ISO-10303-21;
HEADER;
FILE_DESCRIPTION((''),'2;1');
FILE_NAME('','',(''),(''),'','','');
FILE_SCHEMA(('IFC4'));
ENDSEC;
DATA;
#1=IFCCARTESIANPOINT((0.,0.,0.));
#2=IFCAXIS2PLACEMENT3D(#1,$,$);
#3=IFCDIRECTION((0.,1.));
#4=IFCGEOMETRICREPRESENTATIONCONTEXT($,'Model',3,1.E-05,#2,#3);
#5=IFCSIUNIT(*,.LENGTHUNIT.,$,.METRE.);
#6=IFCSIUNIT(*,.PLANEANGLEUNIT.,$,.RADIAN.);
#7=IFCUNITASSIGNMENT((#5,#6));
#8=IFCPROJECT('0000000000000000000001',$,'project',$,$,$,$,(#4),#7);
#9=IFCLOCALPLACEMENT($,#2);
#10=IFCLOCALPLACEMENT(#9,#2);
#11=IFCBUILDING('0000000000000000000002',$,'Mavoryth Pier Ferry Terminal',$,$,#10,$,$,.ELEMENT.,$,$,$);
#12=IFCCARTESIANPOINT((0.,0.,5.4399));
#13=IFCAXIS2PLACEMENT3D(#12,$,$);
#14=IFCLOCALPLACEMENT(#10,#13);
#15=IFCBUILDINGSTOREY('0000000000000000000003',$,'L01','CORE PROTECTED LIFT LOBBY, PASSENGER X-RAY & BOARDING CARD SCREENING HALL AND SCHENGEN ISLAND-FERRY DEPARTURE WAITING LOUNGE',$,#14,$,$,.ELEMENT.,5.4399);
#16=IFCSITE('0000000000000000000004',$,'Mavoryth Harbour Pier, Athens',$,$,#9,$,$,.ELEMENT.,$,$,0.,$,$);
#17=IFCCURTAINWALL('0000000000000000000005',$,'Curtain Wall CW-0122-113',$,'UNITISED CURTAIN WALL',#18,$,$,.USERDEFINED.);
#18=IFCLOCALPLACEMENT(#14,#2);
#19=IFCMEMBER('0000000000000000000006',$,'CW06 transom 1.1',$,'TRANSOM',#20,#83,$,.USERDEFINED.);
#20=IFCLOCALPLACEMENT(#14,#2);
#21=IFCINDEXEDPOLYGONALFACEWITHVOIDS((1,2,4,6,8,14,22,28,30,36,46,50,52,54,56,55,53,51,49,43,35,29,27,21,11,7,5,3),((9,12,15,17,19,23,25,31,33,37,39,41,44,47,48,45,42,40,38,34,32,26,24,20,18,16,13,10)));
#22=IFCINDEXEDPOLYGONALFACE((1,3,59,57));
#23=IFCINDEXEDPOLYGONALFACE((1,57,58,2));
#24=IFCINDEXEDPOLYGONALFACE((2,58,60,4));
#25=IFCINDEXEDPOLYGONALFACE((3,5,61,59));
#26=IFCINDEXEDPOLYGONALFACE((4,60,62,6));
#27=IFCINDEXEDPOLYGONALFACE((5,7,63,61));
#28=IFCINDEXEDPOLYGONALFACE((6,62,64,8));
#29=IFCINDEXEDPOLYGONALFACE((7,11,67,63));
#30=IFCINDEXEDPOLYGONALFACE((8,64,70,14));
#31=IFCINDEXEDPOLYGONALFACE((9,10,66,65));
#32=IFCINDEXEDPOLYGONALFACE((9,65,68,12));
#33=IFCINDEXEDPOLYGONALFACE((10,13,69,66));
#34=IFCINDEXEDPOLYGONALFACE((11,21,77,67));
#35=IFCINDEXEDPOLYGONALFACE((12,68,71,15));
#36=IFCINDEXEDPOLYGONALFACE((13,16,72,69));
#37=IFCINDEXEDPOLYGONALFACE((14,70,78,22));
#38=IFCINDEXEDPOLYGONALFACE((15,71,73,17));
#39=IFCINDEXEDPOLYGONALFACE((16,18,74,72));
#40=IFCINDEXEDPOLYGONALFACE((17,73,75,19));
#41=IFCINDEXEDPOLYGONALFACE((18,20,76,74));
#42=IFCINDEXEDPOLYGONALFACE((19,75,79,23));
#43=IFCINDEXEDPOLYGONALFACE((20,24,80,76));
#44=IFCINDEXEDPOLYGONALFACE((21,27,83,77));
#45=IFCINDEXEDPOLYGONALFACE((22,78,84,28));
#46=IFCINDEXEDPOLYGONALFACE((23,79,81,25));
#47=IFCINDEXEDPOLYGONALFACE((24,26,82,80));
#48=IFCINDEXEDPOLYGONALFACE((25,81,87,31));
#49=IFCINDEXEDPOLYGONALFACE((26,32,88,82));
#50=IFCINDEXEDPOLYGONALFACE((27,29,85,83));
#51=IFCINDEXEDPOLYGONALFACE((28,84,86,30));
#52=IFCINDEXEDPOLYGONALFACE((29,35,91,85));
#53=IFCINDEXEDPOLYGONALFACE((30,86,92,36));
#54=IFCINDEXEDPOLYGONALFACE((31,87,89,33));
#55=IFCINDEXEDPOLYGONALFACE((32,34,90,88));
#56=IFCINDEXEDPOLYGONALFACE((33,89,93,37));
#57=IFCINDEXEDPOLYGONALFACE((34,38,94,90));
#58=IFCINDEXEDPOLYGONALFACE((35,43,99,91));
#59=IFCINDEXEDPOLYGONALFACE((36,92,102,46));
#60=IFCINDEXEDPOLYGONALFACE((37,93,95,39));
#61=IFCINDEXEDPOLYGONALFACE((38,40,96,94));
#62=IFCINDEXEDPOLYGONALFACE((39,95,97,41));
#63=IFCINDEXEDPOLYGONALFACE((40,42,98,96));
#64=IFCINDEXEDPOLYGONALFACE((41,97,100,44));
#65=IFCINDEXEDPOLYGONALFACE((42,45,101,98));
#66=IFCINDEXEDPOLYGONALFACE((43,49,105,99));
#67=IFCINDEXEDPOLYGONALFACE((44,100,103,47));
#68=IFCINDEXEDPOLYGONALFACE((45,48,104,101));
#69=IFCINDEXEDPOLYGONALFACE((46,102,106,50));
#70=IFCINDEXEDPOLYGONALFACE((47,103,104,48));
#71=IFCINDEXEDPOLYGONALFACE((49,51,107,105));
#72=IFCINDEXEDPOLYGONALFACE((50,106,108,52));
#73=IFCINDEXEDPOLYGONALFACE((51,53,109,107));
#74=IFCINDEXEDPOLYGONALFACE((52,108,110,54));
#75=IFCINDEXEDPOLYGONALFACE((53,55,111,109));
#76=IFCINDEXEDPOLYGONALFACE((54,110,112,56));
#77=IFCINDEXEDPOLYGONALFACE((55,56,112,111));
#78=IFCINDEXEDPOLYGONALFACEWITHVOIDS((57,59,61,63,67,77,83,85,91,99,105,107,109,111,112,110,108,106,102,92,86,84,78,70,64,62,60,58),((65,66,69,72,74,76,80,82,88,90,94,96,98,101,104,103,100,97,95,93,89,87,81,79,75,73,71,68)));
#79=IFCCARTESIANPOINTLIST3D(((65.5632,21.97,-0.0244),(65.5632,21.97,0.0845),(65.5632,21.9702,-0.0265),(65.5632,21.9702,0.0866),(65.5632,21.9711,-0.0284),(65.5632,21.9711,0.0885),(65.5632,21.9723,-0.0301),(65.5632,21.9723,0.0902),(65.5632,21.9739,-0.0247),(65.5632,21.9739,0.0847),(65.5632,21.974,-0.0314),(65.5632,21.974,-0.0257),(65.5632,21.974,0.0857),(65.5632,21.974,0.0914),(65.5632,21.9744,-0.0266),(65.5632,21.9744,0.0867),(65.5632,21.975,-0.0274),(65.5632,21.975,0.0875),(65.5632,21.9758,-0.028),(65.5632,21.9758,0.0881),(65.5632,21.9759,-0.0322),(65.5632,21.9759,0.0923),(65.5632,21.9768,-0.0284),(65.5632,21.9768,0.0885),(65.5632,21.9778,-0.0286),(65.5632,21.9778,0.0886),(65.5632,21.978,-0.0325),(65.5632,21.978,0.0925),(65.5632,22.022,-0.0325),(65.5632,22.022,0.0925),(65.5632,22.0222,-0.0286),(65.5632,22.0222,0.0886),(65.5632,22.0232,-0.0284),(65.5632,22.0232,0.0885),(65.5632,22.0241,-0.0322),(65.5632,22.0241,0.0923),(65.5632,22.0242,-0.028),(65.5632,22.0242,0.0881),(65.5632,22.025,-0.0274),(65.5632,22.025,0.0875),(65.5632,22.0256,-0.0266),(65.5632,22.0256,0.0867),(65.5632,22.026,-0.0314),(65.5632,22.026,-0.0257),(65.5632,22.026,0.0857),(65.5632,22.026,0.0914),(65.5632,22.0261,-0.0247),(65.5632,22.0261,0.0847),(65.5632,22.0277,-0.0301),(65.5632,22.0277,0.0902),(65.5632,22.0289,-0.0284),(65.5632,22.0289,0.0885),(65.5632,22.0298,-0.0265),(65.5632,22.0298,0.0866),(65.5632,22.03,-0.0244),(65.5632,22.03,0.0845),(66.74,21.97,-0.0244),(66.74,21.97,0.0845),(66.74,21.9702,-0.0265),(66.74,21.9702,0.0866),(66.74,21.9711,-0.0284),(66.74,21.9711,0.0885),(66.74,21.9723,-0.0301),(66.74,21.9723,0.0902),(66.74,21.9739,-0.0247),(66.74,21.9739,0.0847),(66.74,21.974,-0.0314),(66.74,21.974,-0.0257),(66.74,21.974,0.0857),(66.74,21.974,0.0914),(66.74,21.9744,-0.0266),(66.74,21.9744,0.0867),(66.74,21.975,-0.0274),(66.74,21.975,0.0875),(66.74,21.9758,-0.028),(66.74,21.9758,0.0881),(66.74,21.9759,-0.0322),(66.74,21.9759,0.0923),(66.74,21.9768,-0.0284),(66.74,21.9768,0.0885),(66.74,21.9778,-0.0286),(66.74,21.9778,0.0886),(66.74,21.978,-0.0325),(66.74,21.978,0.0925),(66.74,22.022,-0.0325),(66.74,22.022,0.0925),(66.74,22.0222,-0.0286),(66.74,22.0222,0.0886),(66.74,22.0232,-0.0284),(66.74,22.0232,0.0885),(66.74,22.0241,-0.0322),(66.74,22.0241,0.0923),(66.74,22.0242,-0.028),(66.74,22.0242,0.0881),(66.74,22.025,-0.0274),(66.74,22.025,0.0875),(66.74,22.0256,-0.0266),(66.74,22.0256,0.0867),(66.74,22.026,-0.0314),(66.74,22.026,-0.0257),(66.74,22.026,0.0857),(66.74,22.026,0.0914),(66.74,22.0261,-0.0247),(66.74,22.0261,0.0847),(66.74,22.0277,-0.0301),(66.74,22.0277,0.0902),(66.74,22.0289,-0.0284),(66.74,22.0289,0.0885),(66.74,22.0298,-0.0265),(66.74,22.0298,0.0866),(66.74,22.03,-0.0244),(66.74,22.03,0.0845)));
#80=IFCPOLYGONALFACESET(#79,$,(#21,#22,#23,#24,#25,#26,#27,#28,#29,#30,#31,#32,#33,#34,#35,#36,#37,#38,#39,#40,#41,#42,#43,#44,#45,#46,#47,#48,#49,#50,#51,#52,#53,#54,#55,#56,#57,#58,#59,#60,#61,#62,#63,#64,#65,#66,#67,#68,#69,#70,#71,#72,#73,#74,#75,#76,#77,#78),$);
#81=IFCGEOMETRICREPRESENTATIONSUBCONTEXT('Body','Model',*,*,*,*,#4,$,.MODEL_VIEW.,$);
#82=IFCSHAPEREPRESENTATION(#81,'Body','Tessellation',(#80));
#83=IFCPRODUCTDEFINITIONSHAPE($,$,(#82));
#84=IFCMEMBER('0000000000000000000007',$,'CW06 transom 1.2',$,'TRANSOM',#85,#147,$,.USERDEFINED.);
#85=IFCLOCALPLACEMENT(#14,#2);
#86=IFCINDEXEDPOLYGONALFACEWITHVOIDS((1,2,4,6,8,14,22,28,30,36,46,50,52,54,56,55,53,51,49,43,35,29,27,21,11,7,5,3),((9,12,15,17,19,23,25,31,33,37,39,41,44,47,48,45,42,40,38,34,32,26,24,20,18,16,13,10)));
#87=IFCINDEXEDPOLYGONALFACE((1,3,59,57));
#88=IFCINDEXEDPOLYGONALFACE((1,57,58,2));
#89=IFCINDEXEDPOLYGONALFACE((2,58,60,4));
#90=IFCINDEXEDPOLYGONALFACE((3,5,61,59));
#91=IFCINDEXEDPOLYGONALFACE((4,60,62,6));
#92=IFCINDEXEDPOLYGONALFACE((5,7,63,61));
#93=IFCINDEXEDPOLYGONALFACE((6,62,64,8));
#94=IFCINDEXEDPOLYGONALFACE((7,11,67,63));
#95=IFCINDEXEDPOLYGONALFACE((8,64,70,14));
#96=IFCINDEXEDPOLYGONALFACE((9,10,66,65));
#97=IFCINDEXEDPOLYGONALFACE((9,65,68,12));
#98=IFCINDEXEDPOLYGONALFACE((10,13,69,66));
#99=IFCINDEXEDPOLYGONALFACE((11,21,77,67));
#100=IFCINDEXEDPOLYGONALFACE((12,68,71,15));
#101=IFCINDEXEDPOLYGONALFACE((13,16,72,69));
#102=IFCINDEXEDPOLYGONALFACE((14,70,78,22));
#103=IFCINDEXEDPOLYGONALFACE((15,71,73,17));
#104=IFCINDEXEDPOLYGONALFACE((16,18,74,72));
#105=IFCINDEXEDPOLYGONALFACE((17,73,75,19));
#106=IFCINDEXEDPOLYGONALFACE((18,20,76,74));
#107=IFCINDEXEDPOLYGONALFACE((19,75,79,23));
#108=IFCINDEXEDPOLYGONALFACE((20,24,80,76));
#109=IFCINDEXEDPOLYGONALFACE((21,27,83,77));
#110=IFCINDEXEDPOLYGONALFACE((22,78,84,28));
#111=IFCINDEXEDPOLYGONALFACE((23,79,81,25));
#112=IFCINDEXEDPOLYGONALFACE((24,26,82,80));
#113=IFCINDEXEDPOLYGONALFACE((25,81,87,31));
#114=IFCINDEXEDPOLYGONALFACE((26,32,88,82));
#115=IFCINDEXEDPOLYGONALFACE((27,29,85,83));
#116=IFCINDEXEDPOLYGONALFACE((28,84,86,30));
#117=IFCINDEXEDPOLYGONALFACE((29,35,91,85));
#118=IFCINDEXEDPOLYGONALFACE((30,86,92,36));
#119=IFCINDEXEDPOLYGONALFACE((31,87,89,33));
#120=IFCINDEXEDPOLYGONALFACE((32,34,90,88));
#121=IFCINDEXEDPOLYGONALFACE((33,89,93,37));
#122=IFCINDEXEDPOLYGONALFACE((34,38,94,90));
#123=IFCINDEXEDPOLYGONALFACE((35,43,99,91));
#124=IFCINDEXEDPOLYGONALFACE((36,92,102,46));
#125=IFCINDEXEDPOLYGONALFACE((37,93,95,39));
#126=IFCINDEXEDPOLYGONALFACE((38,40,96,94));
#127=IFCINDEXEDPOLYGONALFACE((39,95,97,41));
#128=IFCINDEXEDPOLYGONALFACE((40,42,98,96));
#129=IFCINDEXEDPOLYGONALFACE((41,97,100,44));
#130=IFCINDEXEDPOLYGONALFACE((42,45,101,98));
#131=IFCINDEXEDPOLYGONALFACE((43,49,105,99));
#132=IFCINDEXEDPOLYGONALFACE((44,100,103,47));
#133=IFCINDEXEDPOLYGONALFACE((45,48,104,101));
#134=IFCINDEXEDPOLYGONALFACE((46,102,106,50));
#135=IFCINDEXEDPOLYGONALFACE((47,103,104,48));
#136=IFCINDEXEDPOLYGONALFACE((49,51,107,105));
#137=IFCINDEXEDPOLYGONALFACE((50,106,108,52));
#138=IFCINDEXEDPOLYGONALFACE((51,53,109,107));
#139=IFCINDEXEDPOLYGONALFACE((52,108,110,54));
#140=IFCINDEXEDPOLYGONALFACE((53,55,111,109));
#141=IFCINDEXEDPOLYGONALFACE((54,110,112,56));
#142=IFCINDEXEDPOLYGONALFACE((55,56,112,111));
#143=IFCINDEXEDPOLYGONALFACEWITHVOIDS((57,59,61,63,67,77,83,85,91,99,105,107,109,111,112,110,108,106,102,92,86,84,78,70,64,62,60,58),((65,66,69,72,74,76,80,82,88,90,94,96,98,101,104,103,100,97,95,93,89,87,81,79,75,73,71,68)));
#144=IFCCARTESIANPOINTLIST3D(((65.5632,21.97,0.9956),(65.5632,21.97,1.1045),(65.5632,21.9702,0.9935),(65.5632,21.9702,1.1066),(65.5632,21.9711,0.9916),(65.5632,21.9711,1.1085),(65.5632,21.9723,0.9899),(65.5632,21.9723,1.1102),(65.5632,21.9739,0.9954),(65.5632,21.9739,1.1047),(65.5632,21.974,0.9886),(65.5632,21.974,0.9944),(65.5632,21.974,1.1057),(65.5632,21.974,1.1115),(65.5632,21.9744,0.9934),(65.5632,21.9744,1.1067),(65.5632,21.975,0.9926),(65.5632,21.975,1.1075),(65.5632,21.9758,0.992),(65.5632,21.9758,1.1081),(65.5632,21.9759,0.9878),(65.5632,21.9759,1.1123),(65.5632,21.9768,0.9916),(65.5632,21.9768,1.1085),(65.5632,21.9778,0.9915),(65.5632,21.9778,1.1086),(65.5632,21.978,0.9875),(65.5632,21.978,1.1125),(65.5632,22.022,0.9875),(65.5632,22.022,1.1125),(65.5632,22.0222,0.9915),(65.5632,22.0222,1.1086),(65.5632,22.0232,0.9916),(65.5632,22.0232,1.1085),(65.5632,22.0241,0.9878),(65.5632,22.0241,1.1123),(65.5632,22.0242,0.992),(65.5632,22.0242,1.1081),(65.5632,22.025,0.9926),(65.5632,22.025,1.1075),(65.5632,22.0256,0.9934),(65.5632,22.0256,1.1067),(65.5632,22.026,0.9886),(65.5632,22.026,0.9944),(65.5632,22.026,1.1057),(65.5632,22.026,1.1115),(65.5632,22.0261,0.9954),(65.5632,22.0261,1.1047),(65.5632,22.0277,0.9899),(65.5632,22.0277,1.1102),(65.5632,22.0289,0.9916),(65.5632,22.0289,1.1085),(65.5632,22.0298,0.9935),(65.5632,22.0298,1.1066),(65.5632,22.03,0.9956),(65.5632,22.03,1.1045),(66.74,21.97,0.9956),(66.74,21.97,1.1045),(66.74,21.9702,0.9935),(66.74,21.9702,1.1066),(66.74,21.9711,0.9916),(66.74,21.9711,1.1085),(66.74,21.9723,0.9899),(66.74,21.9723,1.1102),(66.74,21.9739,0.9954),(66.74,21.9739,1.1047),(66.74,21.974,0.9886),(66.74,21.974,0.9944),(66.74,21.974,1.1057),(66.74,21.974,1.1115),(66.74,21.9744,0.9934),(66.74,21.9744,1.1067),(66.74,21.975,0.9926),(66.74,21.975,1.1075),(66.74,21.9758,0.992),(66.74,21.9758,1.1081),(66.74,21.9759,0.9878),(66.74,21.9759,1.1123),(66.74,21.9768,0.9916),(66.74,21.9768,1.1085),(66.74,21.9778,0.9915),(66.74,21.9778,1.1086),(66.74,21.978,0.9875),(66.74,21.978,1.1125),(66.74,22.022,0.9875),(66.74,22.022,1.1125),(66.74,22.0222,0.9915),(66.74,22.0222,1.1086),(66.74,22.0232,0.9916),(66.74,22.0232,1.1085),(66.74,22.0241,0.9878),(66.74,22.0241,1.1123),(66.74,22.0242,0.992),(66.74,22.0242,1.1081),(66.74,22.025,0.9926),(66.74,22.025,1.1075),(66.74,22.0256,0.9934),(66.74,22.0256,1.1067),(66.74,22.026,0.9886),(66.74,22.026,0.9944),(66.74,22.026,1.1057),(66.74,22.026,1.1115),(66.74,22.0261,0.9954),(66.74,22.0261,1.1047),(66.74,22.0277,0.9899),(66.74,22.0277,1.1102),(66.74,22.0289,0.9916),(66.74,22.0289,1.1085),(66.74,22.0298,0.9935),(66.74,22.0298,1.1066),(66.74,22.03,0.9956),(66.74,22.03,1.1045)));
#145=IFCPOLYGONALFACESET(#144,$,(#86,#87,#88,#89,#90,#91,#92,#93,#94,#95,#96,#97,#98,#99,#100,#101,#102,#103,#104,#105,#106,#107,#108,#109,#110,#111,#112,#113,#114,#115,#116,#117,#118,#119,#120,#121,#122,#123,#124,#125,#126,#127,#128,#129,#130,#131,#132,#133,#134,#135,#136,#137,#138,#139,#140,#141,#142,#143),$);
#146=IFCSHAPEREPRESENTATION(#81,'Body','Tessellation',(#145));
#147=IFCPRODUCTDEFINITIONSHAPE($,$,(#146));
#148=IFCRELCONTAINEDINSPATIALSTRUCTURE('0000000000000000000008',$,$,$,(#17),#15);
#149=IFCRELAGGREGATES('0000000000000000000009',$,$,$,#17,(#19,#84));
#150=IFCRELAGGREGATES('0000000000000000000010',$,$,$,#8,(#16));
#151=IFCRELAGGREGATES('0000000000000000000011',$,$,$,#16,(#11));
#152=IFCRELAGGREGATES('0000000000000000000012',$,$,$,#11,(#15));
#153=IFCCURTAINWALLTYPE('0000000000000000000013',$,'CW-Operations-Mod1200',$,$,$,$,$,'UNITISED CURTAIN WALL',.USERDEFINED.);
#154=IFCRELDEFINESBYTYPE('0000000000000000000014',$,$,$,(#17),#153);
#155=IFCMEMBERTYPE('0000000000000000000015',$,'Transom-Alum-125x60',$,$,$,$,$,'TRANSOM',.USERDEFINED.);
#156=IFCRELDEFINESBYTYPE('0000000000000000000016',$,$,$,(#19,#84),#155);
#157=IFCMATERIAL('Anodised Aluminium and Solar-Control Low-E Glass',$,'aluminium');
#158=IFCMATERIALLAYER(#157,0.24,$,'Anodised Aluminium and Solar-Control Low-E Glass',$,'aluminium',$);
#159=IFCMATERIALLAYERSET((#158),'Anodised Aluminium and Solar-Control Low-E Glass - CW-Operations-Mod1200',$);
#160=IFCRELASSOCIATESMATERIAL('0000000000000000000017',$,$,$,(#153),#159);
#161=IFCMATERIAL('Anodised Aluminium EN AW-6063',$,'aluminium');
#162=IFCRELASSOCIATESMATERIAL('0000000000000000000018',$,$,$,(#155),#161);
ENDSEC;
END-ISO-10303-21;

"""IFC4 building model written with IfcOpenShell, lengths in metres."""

from ifc_helpers import new_model, si_unit, direction, frame, origin, origin_2d, place, context, subcontext, project, spatial, hollow_rectangle, extrude, material, layer, layer_set, material_profile, profile_set, type_object, element, aggregate, save


model = new_model("IFC4")

# Units and contexts
model_context = context("Model", 3, precision=1e-05, world=origin(), true_north=direction((0.0, 1.0)))
body_context = subcontext(model_context, "Body", "Model", "MODEL_VIEW")
ifc_project = project(units=[si_unit("LENGTHUNIT", "METRE"), si_unit("PLANEANGLEUNIT", "RADIAN")], contexts=[model_context])

# Site, building, storey
site_placement = place(None, origin())
site = spatial("IfcSite", under=ifc_project, at=site_placement, Name="Mavoryth Harbour Pier, Athens", CompositionType="ELEMENT", RefElevation=0.0)
building_placement = place(site_placement, origin())
building = spatial("IfcBuilding", under=site, at=building_placement, Name="Mavoryth Pier Ferry Terminal", CompositionType="ELEMENT")
storey_placement = place(building_placement, frame((0.0, 0.0, 5.4399)))
storey = spatial("IfcBuildingStorey", under=building, at=storey_placement, Name="L01", Description="CORE PROTECTED LIFT LOBBY, PASSENGER X-RAY & BOARDING CARD SCREENING HALL AND SCHENGEN ISLAND-FERRY DEPARTURE WAITING LOUNGE", CompositionType="ELEMENT", Elevation=5.4399)

# Curtain wall
ifc_material_1 = material(Name="Anodised Aluminium and Solar-Control Low-E Glass", Category="aluminium")
ifc_layer_1 = layer(ifc_material_1, 0.24, Name="Anodised Aluminium and Solar-Control Low-E Glass", Category="aluminium")
ifc_layer_set_1 = layer_set([ifc_layer_1], Name="Anodised Aluminium and Solar-Control Low-E Glass - CW-Operations-Mod1200")
curtain_wall_type = type_object("IfcCurtainWallType", Name="CW-Operations-Mod1200", ElementType="UNITISED CURTAIN WALL", PredefinedType="USERDEFINED", material=ifc_layer_set_1)
curtain_wall_1_placement = place(storey_placement, origin())
curtain_wall_1 = element("IfcCurtainWall", 1, at=curtain_wall_1_placement, inside=storey, type_object=curtain_wall_type, Name="Curtain Wall CW-0122-113", ObjectType="UNITISED CURTAIN WALL", PredefinedType="USERDEFINED")
ifc_material_2 = material(Name="Anodised Aluminium EN AW-6063", Category="aluminium")

# Members
ifc_material_profile_1 = material_profile(ifc_material_2, hollow_rectangle(XDim=0.0601, YDim=0.125, WallThickness=0.0039, InnerFilletRadius=0.0039, OuterFilletRadius=0.0081, at=origin_2d()), Name="AL-TRAN 125x60x4", Category="aluminium")
ifc_profile_set_1 = profile_set([ifc_material_profile_1], Name="Anodised Aluminium EN AW-6063 - AL-TRAN 125x60x4")
member_type_1 = type_object("IfcMemberType", Name="Transom-Alum-125x60", ElementType="TRANSOM", PredefinedType="USERDEFINED", material=ifc_profile_set_1)
member_1_placement = place(storey_placement, frame((66.74, 22.0, 0.03), z_axis=(-1.0, 0.0, 0.0), x_axis=(0.0, -1.0, 0.0)))
member_1 = element("IfcMember", 2, at=member_1_placement, type_object=member_type_1, Name="CW06 transom 1.1", ObjectType="TRANSOM", PredefinedType="USERDEFINED", context=body_context, shape_type="SweptSolid", body=[
    extrude(hollow_rectangle(XDim=0.0601, YDim=0.125, WallThickness=0.0039, InnerFilletRadius=0.0039, OuterFilletRadius=0.0081, at=origin_2d()), origin(), (0.0, 0.0, 1.0), 1.1768),
])
member_2_placement = place(storey_placement, frame((66.74, 22.0, 1.05), z_axis=(-1.0, 0.0, 0.0), x_axis=(0.0, -1.0, 0.0)))
member_2 = element("IfcMember", 3, at=member_2_placement, type_object=member_type_1, Name="CW06 transom 1.2", ObjectType="TRANSOM", PredefinedType="USERDEFINED", context=body_context, shape_type="SweptSolid", body=[
    extrude(hollow_rectangle(XDim=0.0601, YDim=0.125, WallThickness=0.0039, InnerFilletRadius=0.0039, OuterFilletRadius=0.0081, at=origin_2d()), origin(), (0.0, 0.0, 1.0), 1.1768),
])

aggregate(curtain_wall_1, [member_1, member_2])

save(model, "model.ifc")
